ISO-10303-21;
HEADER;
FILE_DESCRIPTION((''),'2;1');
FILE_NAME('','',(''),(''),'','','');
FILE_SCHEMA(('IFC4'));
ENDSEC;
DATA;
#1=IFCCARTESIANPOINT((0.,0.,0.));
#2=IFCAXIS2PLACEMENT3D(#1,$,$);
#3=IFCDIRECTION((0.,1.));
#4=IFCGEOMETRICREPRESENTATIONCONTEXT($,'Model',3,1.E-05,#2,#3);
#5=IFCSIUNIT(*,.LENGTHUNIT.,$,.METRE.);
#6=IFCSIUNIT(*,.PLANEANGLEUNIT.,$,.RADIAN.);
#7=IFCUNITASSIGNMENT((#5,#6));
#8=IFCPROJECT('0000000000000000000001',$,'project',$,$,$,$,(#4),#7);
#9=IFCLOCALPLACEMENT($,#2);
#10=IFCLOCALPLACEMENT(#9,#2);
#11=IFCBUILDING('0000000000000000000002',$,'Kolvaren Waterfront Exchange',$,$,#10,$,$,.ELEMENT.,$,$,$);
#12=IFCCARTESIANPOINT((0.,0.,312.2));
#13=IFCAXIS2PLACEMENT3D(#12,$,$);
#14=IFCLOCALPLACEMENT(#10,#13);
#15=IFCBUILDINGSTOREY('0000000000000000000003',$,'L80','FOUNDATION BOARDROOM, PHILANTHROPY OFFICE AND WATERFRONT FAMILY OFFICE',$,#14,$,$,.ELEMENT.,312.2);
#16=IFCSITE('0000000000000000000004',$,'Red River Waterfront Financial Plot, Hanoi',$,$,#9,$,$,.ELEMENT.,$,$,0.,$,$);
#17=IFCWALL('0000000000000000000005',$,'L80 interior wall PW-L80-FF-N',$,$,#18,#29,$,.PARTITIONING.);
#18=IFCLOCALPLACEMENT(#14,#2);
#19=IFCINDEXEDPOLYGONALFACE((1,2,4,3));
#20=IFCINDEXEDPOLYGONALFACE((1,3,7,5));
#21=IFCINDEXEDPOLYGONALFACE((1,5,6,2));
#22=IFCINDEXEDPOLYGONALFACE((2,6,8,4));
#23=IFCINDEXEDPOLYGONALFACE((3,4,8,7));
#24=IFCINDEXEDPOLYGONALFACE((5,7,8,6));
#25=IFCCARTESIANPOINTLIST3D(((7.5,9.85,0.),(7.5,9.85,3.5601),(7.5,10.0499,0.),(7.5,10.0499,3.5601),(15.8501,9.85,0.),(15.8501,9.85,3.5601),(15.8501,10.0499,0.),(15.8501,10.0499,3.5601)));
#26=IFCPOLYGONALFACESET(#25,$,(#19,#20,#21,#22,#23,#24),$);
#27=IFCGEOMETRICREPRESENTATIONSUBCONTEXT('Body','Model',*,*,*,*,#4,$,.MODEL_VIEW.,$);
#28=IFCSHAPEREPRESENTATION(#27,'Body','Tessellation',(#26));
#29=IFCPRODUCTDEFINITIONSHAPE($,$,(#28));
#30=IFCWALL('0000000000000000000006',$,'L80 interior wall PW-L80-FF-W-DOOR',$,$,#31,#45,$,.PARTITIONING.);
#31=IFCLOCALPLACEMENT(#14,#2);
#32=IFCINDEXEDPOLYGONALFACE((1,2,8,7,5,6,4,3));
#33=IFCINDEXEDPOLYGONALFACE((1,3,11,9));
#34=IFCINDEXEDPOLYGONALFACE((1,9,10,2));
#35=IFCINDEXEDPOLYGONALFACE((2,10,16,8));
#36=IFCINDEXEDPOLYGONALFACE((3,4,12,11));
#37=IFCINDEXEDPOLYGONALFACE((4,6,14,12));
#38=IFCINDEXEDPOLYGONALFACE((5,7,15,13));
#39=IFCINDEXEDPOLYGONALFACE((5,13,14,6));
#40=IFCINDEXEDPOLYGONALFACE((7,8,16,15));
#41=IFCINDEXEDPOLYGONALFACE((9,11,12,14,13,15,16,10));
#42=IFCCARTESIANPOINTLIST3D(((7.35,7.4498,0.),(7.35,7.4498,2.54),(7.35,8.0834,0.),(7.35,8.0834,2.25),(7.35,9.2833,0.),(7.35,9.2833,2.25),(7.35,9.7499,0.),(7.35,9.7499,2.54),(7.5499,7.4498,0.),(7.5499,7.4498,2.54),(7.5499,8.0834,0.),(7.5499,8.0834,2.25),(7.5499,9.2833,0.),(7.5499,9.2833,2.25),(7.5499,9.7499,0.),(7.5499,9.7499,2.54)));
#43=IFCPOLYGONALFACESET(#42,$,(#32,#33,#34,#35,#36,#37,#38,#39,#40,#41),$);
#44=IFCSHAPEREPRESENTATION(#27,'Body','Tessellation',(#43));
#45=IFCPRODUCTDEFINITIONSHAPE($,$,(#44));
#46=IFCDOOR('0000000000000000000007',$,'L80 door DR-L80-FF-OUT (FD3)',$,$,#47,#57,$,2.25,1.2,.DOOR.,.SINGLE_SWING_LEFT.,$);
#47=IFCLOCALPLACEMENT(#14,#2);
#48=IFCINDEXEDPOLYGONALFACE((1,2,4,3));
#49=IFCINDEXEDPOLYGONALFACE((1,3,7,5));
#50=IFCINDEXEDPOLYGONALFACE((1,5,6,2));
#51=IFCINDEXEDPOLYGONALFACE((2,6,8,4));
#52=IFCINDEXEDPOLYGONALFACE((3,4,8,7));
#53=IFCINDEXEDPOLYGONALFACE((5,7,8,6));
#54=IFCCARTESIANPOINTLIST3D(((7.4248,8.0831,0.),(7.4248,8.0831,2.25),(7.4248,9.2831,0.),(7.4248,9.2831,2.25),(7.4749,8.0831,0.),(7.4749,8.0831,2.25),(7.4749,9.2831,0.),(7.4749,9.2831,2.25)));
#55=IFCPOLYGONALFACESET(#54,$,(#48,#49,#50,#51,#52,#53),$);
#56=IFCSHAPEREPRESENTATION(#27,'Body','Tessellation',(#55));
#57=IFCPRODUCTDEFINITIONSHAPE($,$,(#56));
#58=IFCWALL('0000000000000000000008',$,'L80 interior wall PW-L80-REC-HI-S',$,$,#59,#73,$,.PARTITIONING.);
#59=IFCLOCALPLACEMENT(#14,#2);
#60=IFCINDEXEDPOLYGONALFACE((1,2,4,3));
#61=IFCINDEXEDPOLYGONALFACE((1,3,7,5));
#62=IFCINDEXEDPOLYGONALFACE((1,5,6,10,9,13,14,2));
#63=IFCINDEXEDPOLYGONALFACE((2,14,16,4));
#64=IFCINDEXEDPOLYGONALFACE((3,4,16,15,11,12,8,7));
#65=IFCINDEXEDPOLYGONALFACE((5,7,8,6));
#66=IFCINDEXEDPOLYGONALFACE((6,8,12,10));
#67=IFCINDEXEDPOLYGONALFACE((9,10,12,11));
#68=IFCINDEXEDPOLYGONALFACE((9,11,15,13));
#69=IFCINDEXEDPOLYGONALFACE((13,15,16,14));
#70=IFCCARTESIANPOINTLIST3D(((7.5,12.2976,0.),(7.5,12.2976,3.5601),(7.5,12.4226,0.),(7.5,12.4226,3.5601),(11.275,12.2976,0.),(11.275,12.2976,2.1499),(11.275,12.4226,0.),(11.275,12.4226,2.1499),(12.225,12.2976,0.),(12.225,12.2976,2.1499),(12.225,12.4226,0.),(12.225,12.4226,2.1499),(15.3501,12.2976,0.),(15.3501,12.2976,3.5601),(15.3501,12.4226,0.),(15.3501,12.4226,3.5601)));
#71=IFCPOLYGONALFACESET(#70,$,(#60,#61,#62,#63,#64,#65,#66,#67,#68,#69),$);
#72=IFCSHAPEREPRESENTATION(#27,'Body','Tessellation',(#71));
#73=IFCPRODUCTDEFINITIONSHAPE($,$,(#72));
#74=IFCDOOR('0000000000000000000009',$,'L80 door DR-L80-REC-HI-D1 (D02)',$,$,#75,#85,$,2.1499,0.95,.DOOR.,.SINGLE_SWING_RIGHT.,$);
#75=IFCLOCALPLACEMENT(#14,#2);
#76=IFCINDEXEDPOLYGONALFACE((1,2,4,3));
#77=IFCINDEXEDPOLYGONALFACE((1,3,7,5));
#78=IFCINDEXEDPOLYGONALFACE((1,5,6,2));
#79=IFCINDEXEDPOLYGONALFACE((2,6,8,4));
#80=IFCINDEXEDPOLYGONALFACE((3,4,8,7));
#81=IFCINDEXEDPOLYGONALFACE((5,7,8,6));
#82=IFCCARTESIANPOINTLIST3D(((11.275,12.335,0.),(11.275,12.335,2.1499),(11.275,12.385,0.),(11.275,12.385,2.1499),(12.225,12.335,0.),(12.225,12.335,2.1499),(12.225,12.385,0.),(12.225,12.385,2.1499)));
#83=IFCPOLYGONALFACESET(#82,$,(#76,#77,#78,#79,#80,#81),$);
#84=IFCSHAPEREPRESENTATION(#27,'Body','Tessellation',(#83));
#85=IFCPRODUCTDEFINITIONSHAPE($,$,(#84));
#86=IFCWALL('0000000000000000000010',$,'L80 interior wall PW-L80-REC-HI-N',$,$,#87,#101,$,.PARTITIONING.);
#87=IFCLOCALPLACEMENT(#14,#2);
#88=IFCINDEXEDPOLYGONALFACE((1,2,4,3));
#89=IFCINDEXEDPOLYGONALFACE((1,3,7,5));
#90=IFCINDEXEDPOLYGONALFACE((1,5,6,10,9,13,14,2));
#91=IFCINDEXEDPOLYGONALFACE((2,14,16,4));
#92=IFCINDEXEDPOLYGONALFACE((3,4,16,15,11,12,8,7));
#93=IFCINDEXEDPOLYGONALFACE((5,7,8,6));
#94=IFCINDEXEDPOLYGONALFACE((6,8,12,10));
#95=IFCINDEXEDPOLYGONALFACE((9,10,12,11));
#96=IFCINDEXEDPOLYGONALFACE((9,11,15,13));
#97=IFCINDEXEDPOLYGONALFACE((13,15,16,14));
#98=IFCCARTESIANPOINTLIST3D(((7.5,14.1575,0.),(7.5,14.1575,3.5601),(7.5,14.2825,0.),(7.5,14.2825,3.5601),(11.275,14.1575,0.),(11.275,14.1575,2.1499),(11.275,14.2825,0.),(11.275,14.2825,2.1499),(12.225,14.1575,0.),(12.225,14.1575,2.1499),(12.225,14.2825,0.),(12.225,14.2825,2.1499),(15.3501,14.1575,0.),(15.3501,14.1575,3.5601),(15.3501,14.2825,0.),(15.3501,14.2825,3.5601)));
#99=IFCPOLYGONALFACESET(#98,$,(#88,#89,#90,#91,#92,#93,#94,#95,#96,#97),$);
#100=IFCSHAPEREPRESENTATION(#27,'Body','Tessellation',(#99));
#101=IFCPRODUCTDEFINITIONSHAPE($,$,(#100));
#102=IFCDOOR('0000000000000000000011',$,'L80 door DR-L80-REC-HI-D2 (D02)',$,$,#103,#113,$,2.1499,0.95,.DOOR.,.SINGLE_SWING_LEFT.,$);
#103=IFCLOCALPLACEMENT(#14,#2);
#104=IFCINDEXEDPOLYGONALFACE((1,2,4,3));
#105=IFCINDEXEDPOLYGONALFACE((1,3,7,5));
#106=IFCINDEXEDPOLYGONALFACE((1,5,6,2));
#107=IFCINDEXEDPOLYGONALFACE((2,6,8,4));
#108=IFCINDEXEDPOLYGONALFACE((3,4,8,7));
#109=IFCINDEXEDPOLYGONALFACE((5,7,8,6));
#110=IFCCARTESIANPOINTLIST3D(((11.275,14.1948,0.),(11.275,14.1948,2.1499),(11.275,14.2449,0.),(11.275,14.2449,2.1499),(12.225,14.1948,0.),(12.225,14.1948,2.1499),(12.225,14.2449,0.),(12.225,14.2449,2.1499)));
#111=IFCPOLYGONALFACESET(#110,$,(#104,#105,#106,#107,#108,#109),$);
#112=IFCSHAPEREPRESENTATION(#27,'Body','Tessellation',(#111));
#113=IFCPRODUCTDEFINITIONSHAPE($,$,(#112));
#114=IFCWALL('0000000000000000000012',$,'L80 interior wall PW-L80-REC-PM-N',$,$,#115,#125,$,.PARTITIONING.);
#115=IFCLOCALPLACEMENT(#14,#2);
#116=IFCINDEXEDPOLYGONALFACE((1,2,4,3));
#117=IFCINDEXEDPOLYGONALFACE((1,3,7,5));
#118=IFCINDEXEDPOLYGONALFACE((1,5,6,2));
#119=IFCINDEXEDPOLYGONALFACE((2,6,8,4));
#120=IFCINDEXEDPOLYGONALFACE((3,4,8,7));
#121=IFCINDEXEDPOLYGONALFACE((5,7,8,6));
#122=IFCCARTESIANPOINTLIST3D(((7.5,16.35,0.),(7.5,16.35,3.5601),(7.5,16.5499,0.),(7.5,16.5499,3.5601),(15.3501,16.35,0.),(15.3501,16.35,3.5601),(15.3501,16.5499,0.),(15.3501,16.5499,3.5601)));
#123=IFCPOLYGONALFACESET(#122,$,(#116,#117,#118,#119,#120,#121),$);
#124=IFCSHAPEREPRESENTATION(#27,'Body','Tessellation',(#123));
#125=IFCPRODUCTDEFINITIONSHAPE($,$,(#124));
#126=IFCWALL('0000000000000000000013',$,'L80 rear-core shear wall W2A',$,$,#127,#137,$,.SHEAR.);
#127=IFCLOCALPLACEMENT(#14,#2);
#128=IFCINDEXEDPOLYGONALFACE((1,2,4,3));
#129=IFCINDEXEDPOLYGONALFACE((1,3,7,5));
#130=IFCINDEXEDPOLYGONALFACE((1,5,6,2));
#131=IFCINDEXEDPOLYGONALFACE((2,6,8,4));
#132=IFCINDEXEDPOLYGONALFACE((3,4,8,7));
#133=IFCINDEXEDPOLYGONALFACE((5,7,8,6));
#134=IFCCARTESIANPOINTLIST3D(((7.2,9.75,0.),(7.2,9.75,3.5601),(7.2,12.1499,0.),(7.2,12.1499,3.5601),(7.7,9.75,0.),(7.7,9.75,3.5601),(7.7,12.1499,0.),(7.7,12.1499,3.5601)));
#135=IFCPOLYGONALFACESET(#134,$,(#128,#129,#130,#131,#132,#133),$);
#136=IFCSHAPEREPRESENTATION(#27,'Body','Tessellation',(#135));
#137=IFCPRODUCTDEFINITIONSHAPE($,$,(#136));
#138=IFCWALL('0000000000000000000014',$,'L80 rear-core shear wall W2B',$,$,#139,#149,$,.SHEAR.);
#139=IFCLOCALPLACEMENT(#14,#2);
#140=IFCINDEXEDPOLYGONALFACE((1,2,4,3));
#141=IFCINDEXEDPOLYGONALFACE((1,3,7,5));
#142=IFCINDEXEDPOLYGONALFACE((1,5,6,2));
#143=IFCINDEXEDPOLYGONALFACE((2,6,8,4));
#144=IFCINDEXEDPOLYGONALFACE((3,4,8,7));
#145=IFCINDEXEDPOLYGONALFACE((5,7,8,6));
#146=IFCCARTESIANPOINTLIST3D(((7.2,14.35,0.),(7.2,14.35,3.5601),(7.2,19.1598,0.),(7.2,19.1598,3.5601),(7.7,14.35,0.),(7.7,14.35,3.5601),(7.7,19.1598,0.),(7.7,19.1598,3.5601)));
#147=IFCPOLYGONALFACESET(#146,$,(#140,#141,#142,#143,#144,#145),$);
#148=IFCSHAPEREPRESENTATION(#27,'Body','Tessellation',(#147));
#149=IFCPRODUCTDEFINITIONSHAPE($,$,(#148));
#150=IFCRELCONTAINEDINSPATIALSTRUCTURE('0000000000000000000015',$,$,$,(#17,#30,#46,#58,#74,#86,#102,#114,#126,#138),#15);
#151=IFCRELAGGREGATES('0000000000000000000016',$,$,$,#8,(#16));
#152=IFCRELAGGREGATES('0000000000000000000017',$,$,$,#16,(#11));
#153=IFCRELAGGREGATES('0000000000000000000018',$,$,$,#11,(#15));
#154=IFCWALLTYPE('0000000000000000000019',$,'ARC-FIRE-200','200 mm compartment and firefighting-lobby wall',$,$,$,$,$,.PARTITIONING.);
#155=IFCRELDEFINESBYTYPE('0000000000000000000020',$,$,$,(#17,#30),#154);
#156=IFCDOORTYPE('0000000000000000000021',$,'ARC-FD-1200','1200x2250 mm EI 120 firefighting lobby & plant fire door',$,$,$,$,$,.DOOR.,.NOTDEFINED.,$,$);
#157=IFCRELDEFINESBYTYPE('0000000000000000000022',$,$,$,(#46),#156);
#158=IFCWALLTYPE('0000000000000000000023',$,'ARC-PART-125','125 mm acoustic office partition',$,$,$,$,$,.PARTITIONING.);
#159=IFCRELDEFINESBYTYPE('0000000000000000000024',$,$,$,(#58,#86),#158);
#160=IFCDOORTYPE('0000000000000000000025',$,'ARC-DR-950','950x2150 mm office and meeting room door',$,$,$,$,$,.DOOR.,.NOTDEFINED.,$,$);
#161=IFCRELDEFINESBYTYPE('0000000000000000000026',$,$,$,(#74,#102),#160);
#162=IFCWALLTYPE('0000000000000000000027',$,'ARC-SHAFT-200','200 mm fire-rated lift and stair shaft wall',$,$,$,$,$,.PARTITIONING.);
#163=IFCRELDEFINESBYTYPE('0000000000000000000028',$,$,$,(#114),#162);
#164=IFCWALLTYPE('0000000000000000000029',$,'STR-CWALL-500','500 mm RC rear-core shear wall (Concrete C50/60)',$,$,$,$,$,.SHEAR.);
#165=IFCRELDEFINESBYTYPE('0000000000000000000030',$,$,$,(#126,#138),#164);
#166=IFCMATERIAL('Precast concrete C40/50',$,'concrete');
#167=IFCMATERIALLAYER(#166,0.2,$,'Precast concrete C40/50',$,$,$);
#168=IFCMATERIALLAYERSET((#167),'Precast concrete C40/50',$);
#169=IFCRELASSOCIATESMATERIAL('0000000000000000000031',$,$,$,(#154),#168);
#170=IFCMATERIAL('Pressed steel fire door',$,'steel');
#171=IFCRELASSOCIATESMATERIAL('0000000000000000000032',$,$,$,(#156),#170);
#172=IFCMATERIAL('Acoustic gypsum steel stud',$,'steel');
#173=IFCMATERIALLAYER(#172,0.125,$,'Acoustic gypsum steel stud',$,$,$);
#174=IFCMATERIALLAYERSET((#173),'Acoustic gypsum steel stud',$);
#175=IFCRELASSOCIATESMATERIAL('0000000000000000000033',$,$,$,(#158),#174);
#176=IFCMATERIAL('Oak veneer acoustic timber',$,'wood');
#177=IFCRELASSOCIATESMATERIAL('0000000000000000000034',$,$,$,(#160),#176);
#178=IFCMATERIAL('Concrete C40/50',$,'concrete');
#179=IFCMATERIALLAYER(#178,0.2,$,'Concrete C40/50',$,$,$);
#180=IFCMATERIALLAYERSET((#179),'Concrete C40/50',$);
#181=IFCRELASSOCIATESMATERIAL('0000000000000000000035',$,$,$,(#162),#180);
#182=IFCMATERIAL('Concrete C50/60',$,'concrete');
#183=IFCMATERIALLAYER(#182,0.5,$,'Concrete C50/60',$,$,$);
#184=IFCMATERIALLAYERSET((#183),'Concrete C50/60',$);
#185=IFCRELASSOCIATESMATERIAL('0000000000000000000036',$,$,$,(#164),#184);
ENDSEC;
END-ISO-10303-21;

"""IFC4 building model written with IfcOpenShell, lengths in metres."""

from ifc_helpers import new_model, si_unit, direction, frame, frame_2d, origin, place, context, subcontext, project, spatial, rectangle, extrude, material, layer, layer_set, type_object, element, fill, save


model = new_model("IFC4")

# Units and contexts
model_context = context("Model", 3, precision=1e-05, world=origin(), true_north=direction((0.0, 1.0)))
body_context = subcontext(model_context, "Body", "Model", "MODEL_VIEW")
ifc_project = project(units=[si_unit("LENGTHUNIT", "METRE"), si_unit("PLANEANGLEUNIT", "RADIAN")], contexts=[model_context])

# Site, building, storey
site_placement = place(None, origin())
site = spatial("IfcSite", under=ifc_project, at=site_placement, Name="Red River Waterfront Financial Plot, Hanoi", CompositionType="ELEMENT", RefElevation=0.0)
building_placement = place(site_placement, origin())
building = spatial("IfcBuilding", under=site, at=building_placement, Name="Kolvaren Waterfront Exchange", CompositionType="ELEMENT")
storey_placement = place(building_placement, frame((0.0, 0.0, 312.2)))
storey = spatial("IfcBuildingStorey", under=building, at=storey_placement, Name="L80", Description="FOUNDATION BOARDROOM, PHILANTHROPY OFFICE AND WATERFRONT FAMILY OFFICE", CompositionType="ELEMENT", Elevation=312.2)

# Wall
ifc_material_1 = material(Name="Precast concrete C40/50", Category="concrete")
ifc_layer_1 = layer(ifc_material_1, 0.2, Name="Precast concrete C40/50")
ifc_layer_set_1 = layer_set([ifc_layer_1], Name="Precast concrete C40/50")
wall_type_1 = type_object("IfcWallType", Name="ARC-FIRE-200", Description="200 mm compartment and firefighting-lobby wall", PredefinedType="PARTITIONING", material=ifc_layer_set_1)
wall_1_placement = place(storey_placement, frame((7.5, 9.95, 0.0), z_axis=(0.0, 0.0, 1.0), x_axis=(1.0, 0.0, 0.0)))
element("IfcWall", 1, at=wall_1_placement, inside=storey, type_object=wall_type_1, Name="L80 interior wall PW-L80-FF-N", PredefinedType="PARTITIONING", context=body_context, shape_type="SweptSolid", body=[
    extrude(rectangle(XDim=8.3501, YDim=0.2, at=frame_2d((4.175, 0.0))), origin(), (0.0, 0.0, 1.0), 3.5601),
])

# Walls, openings, doors
wall_2_placement = place(storey_placement, frame((7.45, 7.45, 0.0), z_axis=(0.0, 0.0, 1.0), x_axis=(0.0, 1.0, 0.0)))
wall_2 = element("IfcWall", 2, at=wall_2_placement, inside=storey, type_object=wall_type_1, Name="L80 interior wall PW-L80-FF-W-DOOR", PredefinedType="PARTITIONING", context=body_context, shape_type="SweptSolid", body=[
    extrude(rectangle(XDim=2.3, YDim=0.2, at=frame_2d((1.1499, 0.0))), origin(), (0.0, 0.0, 1.0), 2.54),
])
opening_1_placement = place(wall_2_placement, frame((0.6333, 0.0, 0.0)))
opening_1 = element("IfcOpeningElement", 3, at=opening_1_placement, cuts=wall_2, PredefinedType="OPENING", context=body_context, shape_type="SweptSolid", body=[
    extrude(rectangle(XDim=1.2, YDim=2.25, at=frame_2d((0.6001, 1.125))), frame((0.0, 0.1099, 0.0), z_axis=(0.0, -1.0, 0.0), x_axis=(1.0, 0.0, 0.0)), (0.0, 0.0, 1.0), 0.22),
])
ifc_material_2 = material(Name="Pressed steel fire door", Category="steel")
door_type_1 = type_object("IfcDoorType", Name="ARC-FD-1200", Description="1200x2250 mm EI 120 firefighting lobby & plant fire door", OperationType="NOTDEFINED", PredefinedType="DOOR", material=ifc_material_2)
door_1_placement = place(opening_1_placement, frame((1.2, 0.0, 0.0), z_axis=(0.0, 0.0, 1.0), x_axis=(-1.0, 0.0, 0.0)))
door_1 = element("IfcDoor", 4, at=door_1_placement, inside=storey, type_object=door_type_1, Name="L80 door DR-L80-FF-OUT (FD3)", OperationType="SINGLE_SWING_LEFT", OverallHeight=2.25, OverallWidth=1.2, PredefinedType="DOOR", context=body_context, shape_type="SweptSolid", body=[
    extrude(rectangle(XDim=1.2, YDim=2.25, at=frame_2d((0.6001, 1.125))), frame((0.0, 0.0249, 0.0), z_axis=(0.0, -1.0, 0.0), x_axis=(1.0, 0.0, 0.0)), (0.0, 0.0, 1.0), 0.05),
])
fill(opening_1, door_1)
ifc_material_3 = material(Name="Acoustic gypsum steel stud", Category="steel")
ifc_layer_2 = layer(ifc_material_3, 0.125, Name="Acoustic gypsum steel stud")
ifc_layer_set_2 = layer_set([ifc_layer_2], Name="Acoustic gypsum steel stud")
wall_type_2 = type_object("IfcWallType", Name="ARC-PART-125", Description="125 mm acoustic office partition", PredefinedType="PARTITIONING", material=ifc_layer_set_2)
wall_3_placement = place(storey_placement, frame((7.5, 12.3601, 0.0), z_axis=(0.0, 0.0, 1.0), x_axis=(1.0, 0.0, 0.0)))
wall_3 = element("IfcWall", 5, at=wall_3_placement, inside=storey, type_object=wall_type_2, Name="L80 interior wall PW-L80-REC-HI-S", PredefinedType="PARTITIONING", context=body_context, shape_type="SweptSolid", body=[
    extrude(rectangle(XDim=7.8501, YDim=0.125, at=frame_2d((3.925, 0.0))), origin(), (0.0, 0.0, 1.0), 3.5601),
])
opening_2_placement = place(wall_3_placement, frame((3.7749, 0.0, 0.0)))
opening_2 = element("IfcOpeningElement", 6, at=opening_2_placement, cuts=wall_3, PredefinedType="OPENING", context=body_context, shape_type="SweptSolid", body=[
    extrude(rectangle(XDim=0.95, YDim=2.1499, at=frame_2d((0.4751, 1.075))), frame((0.0, 0.0725, 0.0), z_axis=(0.0, -1.0, 0.0), x_axis=(1.0, 0.0, 0.0)), (0.0, 0.0, 1.0), 0.145),
])
ifc_material_4 = material(Name="Oak veneer acoustic timber", Category="wood")
door_type_2 = type_object("IfcDoorType", Name="ARC-DR-950", Description="950x2150 mm office and meeting room door", OperationType="NOTDEFINED", PredefinedType="DOOR", material=ifc_material_4)
door_2_placement = place(opening_2_placement, origin())
door_2 = element("IfcDoor", 7, at=door_2_placement, inside=storey, type_object=door_type_2, Name="L80 door DR-L80-REC-HI-D1 (D02)", OperationType="SINGLE_SWING_RIGHT", OverallHeight=2.1499, OverallWidth=0.95, PredefinedType="DOOR", context=body_context, shape_type="SweptSolid", body=[
    extrude(rectangle(XDim=0.95, YDim=2.1499, at=frame_2d((0.4751, 1.075))), frame((0.0, 0.0249, 0.0), z_axis=(0.0, -1.0, 0.0), x_axis=(1.0, 0.0, 0.0)), (0.0, 0.0, 1.0), 0.05),
])
fill(opening_2, door_2)
wall_4_placement = place(storey_placement, frame((7.5, 14.22, 0.0), z_axis=(0.0, 0.0, 1.0), x_axis=(1.0, 0.0, 0.0)))
wall_4 = element("IfcWall", 8, at=wall_4_placement, inside=storey, type_object=wall_type_2, Name="L80 interior wall PW-L80-REC-HI-N", PredefinedType="PARTITIONING", context=body_context, shape_type="SweptSolid", body=[
    extrude(rectangle(XDim=7.8501, YDim=0.125, at=frame_2d((3.925, 0.0))), origin(), (0.0, 0.0, 1.0), 3.5601),
])
opening_3_placement = place(wall_4_placement, frame((3.7749, 0.0, 0.0)))
opening_3 = element("IfcOpeningElement", 9, at=opening_3_placement, cuts=wall_4, PredefinedType="OPENING", context=body_context, shape_type="SweptSolid", body=[
    extrude(rectangle(XDim=0.95, YDim=2.1499, at=frame_2d((0.4751, 1.075))), frame((0.0, 0.0725, 0.0), z_axis=(0.0, -1.0, 0.0), x_axis=(1.0, 0.0, 0.0)), (0.0, 0.0, 1.0), 0.145),
])
door_3_placement = place(opening_3_placement, origin())
door_3 = element("IfcDoor", 10, at=door_3_placement, inside=storey, type_object=door_type_2, Name="L80 door DR-L80-REC-HI-D2 (D02)", OperationType="SINGLE_SWING_LEFT", OverallHeight=2.1499, OverallWidth=0.95, PredefinedType="DOOR", context=body_context, shape_type="SweptSolid", body=[
    extrude(rectangle(XDim=0.95, YDim=2.1499, at=frame_2d((0.4751, 1.075))), frame((0.0, 0.0249, 0.0), z_axis=(0.0, -1.0, 0.0), x_axis=(1.0, 0.0, 0.0)), (0.0, 0.0, 1.0), 0.05),
])
fill(opening_3, door_3)

# Walls
ifc_material_5 = material(Name="Concrete C40/50", Category="concrete")
ifc_layer_3 = layer(ifc_material_5, 0.2, Name="Concrete C40/50")
ifc_layer_set_3 = layer_set([ifc_layer_3], Name="Concrete C40/50")
wall_type_3 = type_object("IfcWallType", Name="ARC-SHAFT-200", Description="200 mm fire-rated lift and stair shaft wall", PredefinedType="PARTITIONING", material=ifc_layer_set_3)
wall_5_placement = place(storey_placement, frame((7.5, 16.45, 0.0), z_axis=(0.0, 0.0, 1.0), x_axis=(1.0, 0.0, 0.0)))
element("IfcWall", 11, at=wall_5_placement, inside=storey, type_object=wall_type_3, Name="L80 interior wall PW-L80-REC-PM-N", PredefinedType="PARTITIONING", context=body_context, shape_type="SweptSolid", body=[
    extrude(rectangle(XDim=7.8501, YDim=0.2, at=frame_2d((3.925, 0.0))), origin(), (0.0, 0.0, 1.0), 3.5601),
])
ifc_material_6 = material(Name="Concrete C50/60", Category="concrete")
ifc_layer_4 = layer(ifc_material_6, 0.5, Name="Concrete C50/60")
ifc_layer_set_4 = layer_set([ifc_layer_4], Name="Concrete C50/60")
wall_type_4 = type_object("IfcWallType", Name="STR-CWALL-500", Description="500 mm RC rear-core shear wall (Concrete C50/60)", PredefinedType="SHEAR", material=ifc_layer_set_4)
wall_6_placement = place(storey_placement, frame((7.45, 9.75, 0.0), z_axis=(0.0, 0.0, 1.0), x_axis=(0.0, 1.0, 0.0)))
element("IfcWall", 12, at=wall_6_placement, inside=storey, type_object=wall_type_4, Name="L80 rear-core shear wall W2A", PredefinedType="SHEAR", context=body_context, shape_type="SweptSolid", body=[
    extrude(rectangle(XDim=2.3999, YDim=0.5, at=frame_2d((1.2, 0.0))), origin(), (0.0, 0.0, 1.0), 3.5601),
])
wall_7_placement = place(storey_placement, frame((7.45, 14.3501, 0.0), z_axis=(0.0, 0.0, 1.0), x_axis=(0.0, 1.0, 0.0)))
element("IfcWall", 13, at=wall_7_placement, inside=storey, type_object=wall_type_4, Name="L80 rear-core shear wall W2B", PredefinedType="SHEAR", context=body_context, shape_type="SweptSolid", body=[
    extrude(rectangle(XDim=4.8098, YDim=0.5, at=frame_2d((2.4048, 0.0))), origin(), (0.0, 0.0, 1.0), 3.5601),
])

save(model, "model.ifc")
